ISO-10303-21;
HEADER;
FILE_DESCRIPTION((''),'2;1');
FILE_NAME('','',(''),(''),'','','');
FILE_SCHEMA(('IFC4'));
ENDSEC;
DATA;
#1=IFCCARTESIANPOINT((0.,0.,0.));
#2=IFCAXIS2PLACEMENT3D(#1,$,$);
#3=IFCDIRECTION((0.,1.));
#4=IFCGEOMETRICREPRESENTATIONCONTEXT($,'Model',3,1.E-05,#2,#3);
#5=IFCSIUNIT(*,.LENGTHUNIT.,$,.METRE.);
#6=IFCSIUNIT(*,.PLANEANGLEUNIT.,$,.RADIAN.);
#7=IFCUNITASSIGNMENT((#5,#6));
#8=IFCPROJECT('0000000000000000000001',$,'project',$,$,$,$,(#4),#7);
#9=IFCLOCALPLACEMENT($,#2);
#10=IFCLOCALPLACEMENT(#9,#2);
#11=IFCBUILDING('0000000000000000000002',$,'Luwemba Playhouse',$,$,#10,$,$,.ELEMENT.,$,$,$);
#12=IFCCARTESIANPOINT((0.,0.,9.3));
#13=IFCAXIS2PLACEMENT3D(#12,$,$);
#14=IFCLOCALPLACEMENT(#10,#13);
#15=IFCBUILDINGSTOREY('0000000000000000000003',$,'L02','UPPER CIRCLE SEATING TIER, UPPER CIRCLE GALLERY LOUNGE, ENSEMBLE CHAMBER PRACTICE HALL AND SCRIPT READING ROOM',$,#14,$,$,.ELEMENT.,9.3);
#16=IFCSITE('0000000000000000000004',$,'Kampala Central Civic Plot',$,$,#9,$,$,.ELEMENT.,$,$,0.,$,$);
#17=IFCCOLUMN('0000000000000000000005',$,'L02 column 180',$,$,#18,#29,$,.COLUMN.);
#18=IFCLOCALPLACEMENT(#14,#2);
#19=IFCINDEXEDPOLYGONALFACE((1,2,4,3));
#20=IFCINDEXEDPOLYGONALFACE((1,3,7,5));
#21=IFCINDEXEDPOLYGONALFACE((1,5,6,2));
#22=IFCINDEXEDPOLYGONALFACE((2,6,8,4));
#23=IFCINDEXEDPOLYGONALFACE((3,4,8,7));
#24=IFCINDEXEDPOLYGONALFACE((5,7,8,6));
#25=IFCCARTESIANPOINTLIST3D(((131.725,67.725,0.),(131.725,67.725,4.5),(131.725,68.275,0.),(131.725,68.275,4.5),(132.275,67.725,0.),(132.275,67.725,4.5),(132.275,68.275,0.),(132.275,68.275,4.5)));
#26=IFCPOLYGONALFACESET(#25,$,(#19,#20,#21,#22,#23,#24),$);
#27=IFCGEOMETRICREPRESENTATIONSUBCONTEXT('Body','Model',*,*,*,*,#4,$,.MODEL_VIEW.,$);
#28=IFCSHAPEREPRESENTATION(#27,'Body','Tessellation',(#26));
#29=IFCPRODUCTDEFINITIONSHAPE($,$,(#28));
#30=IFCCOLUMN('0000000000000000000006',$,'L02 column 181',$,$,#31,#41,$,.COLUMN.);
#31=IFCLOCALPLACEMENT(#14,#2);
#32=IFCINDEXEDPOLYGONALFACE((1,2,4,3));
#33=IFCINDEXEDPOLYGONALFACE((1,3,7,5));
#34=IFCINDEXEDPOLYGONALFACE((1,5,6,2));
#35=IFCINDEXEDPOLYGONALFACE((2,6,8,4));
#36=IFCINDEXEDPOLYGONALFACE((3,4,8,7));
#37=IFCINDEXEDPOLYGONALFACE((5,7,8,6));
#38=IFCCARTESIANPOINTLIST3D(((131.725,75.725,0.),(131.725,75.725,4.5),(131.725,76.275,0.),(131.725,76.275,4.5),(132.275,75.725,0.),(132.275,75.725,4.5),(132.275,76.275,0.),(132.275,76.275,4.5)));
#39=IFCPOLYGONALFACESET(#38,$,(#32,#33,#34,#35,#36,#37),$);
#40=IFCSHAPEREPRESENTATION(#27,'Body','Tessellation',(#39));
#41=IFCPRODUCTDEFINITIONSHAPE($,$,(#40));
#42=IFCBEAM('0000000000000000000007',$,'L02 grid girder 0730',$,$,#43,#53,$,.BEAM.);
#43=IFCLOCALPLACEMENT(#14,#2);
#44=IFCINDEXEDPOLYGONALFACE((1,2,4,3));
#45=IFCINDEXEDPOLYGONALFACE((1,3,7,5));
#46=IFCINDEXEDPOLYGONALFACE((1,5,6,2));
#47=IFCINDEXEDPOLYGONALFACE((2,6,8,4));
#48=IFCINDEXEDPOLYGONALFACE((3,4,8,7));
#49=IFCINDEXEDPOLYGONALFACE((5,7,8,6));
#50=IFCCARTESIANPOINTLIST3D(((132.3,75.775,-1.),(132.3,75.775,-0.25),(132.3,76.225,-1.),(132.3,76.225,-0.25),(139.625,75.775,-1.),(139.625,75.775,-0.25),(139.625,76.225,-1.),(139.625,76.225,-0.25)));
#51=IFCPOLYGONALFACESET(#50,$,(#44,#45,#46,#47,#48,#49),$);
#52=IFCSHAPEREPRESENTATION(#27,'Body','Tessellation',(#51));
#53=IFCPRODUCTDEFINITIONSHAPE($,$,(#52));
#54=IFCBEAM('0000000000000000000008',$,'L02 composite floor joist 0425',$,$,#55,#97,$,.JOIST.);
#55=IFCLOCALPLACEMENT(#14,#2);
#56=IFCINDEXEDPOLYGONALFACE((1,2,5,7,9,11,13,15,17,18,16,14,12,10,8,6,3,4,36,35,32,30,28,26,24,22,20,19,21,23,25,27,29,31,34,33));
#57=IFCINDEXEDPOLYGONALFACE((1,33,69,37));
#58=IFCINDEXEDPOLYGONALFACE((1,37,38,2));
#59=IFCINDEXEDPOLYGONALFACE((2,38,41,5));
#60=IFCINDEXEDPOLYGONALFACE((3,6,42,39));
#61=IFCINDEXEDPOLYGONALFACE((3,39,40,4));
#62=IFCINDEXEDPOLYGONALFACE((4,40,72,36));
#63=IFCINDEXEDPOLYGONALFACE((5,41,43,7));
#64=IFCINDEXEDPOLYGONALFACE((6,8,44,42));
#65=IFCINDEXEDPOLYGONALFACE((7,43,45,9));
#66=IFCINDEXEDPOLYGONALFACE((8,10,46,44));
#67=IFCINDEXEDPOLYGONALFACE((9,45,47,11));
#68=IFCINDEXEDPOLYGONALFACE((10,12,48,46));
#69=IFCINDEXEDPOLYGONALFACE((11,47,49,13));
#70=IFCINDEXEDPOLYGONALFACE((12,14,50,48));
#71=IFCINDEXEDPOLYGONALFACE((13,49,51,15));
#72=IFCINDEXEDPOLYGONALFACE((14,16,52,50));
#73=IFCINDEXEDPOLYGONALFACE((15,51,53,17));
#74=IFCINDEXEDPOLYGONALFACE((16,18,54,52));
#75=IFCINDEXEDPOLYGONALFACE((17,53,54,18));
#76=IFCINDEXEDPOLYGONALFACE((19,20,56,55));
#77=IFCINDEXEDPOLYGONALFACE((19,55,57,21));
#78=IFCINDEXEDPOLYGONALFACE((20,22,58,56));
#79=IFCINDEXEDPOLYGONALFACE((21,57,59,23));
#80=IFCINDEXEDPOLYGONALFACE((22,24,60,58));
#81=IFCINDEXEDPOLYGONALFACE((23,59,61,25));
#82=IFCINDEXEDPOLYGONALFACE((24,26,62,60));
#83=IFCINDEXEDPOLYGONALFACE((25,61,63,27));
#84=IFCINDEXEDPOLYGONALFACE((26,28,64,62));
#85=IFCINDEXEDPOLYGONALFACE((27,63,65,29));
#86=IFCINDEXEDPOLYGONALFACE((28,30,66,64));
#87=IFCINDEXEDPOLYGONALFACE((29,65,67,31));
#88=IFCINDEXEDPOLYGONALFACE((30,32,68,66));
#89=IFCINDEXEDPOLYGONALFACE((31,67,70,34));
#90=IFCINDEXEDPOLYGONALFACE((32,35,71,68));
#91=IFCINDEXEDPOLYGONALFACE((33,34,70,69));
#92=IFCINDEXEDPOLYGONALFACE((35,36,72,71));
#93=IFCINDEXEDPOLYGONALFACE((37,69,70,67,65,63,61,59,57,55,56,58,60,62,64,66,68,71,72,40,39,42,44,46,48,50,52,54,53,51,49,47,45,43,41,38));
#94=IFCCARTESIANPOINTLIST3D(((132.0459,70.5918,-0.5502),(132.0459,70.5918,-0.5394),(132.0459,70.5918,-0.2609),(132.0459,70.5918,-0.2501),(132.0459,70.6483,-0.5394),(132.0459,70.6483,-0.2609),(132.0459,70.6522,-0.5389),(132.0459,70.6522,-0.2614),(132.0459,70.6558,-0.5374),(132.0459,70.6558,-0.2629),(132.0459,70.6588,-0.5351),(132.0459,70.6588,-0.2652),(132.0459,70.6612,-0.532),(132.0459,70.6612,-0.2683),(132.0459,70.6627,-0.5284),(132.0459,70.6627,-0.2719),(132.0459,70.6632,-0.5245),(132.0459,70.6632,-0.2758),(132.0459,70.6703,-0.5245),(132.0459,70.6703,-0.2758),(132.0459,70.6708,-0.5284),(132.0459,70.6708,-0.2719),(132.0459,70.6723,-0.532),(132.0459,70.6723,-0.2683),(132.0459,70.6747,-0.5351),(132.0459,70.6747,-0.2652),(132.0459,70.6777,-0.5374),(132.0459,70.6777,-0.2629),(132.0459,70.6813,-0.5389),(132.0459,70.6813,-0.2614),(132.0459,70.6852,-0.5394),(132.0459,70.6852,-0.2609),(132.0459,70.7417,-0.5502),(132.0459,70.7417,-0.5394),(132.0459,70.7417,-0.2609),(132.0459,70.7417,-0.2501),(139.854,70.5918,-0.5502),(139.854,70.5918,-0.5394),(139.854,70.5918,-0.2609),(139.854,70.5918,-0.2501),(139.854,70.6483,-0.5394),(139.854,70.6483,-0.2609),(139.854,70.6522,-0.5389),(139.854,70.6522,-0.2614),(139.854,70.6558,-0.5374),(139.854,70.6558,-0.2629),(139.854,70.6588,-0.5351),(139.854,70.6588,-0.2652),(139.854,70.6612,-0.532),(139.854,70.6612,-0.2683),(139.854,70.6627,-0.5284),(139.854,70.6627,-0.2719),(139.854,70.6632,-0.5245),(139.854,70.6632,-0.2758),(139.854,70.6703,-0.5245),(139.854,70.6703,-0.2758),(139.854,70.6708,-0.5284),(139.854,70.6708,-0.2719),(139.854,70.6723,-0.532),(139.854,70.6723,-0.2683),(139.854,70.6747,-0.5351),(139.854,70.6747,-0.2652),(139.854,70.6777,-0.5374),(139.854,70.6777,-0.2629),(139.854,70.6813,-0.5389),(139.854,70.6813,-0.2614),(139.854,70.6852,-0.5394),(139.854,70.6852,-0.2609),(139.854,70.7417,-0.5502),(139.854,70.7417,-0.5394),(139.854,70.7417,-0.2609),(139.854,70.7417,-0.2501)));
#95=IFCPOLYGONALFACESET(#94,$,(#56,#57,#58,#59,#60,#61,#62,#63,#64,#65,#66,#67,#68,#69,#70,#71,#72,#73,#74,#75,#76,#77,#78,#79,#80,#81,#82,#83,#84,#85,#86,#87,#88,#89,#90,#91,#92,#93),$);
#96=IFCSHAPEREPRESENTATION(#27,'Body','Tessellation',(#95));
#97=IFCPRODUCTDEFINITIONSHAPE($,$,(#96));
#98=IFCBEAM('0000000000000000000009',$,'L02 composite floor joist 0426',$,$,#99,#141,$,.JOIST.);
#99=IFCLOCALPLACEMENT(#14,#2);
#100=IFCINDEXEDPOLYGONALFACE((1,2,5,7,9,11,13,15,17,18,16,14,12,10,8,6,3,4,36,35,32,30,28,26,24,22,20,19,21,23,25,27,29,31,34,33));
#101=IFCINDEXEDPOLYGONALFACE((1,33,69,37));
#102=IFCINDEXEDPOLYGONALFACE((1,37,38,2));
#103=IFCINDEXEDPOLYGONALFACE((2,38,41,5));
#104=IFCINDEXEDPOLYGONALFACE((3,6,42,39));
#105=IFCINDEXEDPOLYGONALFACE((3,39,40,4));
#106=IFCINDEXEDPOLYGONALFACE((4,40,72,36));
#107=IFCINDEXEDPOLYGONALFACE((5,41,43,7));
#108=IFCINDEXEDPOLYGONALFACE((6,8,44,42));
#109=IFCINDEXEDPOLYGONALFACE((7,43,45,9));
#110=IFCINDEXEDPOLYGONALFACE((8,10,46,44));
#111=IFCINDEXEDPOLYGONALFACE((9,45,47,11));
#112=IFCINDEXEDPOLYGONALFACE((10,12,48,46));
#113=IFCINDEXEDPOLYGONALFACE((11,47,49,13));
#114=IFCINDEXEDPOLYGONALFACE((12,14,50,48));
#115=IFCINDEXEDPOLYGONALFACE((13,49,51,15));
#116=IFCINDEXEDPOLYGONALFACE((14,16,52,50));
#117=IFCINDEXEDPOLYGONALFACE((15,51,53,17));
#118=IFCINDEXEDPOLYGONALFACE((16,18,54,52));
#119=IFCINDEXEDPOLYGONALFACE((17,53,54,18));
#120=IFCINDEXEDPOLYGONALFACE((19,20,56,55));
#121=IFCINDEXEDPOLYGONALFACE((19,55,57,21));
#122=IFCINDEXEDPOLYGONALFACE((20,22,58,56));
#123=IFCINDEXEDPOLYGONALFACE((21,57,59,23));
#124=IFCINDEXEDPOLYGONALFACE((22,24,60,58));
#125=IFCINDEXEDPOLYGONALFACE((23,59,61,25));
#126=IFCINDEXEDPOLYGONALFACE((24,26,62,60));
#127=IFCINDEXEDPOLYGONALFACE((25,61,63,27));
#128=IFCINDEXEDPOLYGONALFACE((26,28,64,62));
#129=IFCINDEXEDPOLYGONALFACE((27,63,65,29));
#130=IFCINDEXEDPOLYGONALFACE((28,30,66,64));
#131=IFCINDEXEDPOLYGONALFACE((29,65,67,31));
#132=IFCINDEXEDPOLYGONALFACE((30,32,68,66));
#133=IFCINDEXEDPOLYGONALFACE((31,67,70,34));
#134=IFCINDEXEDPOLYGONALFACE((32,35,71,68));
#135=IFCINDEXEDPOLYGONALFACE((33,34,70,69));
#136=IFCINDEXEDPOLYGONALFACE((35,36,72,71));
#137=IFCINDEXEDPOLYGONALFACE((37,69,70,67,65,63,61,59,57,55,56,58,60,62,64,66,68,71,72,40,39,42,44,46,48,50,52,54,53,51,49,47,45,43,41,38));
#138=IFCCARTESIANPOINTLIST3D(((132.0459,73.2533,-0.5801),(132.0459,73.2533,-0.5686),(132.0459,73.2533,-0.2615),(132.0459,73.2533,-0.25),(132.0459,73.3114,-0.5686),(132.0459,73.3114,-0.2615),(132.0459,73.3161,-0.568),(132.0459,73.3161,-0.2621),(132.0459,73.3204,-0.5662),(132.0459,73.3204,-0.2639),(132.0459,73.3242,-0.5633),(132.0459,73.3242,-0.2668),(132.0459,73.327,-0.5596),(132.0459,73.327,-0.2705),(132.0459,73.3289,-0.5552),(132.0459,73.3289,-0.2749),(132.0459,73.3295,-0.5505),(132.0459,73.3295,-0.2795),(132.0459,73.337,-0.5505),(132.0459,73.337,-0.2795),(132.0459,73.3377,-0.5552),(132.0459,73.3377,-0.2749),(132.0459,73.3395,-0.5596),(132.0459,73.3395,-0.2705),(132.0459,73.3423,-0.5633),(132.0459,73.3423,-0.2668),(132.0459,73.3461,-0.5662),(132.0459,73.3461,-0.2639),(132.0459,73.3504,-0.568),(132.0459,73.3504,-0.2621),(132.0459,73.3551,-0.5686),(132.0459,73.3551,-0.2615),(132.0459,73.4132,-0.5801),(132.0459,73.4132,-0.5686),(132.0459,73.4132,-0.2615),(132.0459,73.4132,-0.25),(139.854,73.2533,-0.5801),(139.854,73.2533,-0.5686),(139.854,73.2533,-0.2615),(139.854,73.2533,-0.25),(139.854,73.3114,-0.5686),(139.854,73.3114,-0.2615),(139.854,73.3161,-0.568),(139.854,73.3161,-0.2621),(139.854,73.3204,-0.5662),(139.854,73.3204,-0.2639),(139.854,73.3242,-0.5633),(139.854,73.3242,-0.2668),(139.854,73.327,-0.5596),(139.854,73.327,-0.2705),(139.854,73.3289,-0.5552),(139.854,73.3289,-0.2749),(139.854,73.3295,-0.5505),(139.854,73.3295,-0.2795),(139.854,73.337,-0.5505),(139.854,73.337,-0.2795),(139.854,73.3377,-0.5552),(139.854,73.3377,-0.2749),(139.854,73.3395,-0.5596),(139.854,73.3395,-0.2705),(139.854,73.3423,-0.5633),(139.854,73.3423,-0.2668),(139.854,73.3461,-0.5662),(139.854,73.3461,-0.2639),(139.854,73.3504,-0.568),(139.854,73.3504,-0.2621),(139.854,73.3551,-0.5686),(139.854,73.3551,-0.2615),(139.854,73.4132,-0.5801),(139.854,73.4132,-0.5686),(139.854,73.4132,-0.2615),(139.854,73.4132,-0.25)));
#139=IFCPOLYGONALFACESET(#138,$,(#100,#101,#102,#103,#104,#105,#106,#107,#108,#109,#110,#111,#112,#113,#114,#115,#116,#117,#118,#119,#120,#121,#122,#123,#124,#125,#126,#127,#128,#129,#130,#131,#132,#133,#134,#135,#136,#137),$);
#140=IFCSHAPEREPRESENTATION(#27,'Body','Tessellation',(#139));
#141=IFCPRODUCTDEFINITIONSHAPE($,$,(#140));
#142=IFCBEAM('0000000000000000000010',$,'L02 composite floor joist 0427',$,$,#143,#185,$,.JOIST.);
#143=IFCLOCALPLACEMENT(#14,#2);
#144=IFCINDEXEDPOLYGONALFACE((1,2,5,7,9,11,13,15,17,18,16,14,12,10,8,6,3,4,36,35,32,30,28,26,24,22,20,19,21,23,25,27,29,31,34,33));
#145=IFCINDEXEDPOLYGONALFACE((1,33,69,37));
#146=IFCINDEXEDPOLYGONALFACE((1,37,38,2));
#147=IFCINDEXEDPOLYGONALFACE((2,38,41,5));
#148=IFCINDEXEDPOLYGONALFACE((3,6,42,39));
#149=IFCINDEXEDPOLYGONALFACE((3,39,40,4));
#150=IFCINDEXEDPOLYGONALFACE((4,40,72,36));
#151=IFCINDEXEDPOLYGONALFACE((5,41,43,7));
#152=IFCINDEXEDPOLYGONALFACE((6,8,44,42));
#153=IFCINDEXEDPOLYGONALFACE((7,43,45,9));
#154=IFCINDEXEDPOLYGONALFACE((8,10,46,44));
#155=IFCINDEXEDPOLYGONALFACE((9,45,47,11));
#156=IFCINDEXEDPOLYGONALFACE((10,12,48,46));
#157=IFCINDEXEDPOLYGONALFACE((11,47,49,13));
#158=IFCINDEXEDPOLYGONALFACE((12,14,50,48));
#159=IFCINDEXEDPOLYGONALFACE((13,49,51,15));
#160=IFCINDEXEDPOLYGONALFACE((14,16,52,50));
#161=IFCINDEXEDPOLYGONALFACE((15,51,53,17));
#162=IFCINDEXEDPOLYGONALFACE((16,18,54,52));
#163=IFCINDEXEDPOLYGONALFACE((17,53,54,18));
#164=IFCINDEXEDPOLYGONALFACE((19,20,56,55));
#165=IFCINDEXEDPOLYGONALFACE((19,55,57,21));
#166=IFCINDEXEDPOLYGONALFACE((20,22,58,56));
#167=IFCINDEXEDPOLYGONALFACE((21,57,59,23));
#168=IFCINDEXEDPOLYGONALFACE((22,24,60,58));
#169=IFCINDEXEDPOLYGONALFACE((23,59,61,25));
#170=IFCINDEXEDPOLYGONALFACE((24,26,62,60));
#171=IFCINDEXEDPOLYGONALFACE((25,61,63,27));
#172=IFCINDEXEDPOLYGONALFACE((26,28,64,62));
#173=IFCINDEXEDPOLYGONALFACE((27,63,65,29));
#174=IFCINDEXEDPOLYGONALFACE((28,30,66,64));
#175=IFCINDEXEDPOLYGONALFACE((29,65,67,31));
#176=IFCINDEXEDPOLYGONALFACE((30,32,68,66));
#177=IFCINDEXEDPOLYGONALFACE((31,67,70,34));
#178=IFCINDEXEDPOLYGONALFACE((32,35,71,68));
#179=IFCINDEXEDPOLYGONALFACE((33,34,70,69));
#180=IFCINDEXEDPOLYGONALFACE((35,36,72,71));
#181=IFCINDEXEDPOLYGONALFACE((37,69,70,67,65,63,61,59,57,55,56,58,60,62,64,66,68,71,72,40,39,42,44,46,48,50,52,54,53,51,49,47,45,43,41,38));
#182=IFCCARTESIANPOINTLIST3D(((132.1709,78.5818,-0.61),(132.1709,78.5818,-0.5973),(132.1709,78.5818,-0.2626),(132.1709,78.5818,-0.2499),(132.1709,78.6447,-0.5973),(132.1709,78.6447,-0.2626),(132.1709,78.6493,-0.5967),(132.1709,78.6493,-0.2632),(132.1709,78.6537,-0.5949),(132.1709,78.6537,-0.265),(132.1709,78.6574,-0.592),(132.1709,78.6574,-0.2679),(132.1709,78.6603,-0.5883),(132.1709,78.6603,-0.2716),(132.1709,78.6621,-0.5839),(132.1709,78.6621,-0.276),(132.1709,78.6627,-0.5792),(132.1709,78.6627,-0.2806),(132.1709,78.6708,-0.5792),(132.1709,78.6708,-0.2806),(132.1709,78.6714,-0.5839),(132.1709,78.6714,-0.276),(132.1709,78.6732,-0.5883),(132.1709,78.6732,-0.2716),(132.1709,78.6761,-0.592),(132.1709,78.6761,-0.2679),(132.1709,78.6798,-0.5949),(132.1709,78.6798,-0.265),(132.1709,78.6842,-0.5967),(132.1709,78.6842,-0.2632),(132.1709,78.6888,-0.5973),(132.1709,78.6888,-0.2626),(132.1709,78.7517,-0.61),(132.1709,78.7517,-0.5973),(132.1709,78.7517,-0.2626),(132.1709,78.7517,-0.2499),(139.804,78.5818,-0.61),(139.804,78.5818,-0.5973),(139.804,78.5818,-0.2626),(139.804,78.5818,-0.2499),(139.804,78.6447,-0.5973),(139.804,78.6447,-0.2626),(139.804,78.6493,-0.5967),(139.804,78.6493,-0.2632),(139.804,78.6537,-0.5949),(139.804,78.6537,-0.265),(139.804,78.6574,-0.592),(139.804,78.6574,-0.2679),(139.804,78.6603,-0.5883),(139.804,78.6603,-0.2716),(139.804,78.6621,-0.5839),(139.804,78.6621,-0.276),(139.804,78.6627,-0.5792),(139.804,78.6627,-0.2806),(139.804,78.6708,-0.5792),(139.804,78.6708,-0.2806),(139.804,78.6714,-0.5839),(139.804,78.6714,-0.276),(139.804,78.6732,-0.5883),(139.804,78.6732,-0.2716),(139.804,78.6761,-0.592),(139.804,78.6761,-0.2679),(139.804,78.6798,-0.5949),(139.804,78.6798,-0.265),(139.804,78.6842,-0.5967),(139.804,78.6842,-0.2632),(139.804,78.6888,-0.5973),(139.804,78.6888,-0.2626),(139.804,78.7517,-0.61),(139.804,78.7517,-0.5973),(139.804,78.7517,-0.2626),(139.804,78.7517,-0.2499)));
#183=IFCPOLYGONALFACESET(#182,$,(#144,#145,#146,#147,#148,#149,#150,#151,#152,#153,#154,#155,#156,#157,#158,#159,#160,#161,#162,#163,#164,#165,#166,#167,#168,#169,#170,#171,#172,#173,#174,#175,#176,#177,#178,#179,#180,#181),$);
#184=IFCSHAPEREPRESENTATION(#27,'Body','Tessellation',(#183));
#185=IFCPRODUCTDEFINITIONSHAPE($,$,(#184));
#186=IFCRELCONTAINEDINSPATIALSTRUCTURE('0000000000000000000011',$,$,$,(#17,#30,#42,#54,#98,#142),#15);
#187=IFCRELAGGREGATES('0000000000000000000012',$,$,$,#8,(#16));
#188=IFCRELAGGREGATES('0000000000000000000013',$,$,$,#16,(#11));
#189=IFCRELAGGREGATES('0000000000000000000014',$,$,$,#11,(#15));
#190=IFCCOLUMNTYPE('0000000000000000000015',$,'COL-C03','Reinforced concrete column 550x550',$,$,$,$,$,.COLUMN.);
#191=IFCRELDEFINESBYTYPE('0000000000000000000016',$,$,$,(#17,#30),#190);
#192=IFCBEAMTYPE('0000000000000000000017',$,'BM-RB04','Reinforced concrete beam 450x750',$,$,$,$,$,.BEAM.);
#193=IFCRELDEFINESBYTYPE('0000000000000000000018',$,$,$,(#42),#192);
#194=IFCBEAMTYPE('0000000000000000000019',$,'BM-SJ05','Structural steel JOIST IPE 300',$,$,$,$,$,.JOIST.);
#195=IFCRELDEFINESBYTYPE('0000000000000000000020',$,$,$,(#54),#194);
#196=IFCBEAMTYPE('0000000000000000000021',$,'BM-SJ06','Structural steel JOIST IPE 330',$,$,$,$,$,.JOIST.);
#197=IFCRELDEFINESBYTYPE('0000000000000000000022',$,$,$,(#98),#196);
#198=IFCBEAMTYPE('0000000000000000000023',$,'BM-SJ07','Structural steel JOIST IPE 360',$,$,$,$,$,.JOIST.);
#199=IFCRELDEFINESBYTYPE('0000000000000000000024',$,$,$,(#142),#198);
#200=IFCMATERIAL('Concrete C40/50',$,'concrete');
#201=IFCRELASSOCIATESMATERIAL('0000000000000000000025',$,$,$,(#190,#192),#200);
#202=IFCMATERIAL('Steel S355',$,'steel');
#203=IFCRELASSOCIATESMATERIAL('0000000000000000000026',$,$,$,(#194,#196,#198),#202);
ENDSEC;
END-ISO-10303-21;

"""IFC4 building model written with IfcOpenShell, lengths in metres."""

from ifc_helpers import new_model, si_unit, direction, frame, origin, origin_2d, place, context, subcontext, project, spatial, rectangle, i_section, extrude, material, material_profile, profile_set, type_object, element, save


model = new_model("IFC4")

# Units and contexts
model_context = context("Model", 3, precision=1e-05, world=origin(), true_north=direction((0.0, 1.0)))
body_context = subcontext(model_context, "Body", "Model", "MODEL_VIEW")
ifc_project = project(units=[si_unit("LENGTHUNIT", "METRE"), si_unit("PLANEANGLEUNIT", "RADIAN")], contexts=[model_context])

# Site, building, storey
site_placement = place(None, origin())
site = spatial("IfcSite", under=ifc_project, at=site_placement, Name="Kampala Central Civic Plot", CompositionType="ELEMENT", RefElevation=0.0)
building_placement = place(site_placement, origin())
building = spatial("IfcBuilding", under=site, at=building_placement, Name="Luwemba Playhouse", CompositionType="ELEMENT")
storey_placement = place(building_placement, frame((0.0, 0.0, 9.3)))
storey = spatial("IfcBuildingStorey", under=building, at=storey_placement, Name="L02", Description="UPPER CIRCLE SEATING TIER, UPPER CIRCLE GALLERY LOUNGE, ENSEMBLE CHAMBER PRACTICE HALL AND SCRIPT READING ROOM", CompositionType="ELEMENT", Elevation=9.3)

# Columns
ifc_material_1 = material(Name="Concrete C40/50", Category="concrete")
ifc_material_profile_1 = material_profile(ifc_material_1, rectangle(XDim=0.55, YDim=0.55, at=origin_2d()))
ifc_profile_set_1 = profile_set([ifc_material_profile_1], Name="Concrete C40/50")
column_type = type_object("IfcColumnType", Name="COL-C03", Description="Reinforced concrete column 550x550", PredefinedType="COLUMN", material=ifc_profile_set_1)
for number, where, z_axis, x_axis, name in (
    (1, (132.0, 68.0, 0.0), (0.0, 0.0, 1.0), (1.0, 0.0, 0.0), "L02 column 180"),
    (2, (132.0, 76.0, 0.0), (0.0, 0.0, 1.0), (1.0, 0.0, 0.0), "L02 column 181"),
):
    element("IfcColumn", number, at=place(storey_placement, frame(where, z_axis=z_axis, x_axis=x_axis)), inside=storey, type_object=column_type, Name=name, PredefinedType="COLUMN", context=body_context, shape_type="SweptSolid", body=[
        extrude(rectangle(XDim=0.55, YDim=0.55, at=origin_2d()), origin(), (0.0, 0.0, 1.0), 4.5),
    ])

# Beams
ifc_material_profile_2 = material_profile(ifc_material_1, rectangle(XDim=0.45, YDim=0.75, at=origin_2d()))
ifc_profile_set_2 = profile_set([ifc_material_profile_2], Name="Concrete C40/50")
beam_type_1 = type_object("IfcBeamType", Name="BM-RB04", Description="Reinforced concrete beam 450x750", PredefinedType="BEAM", material=ifc_profile_set_2)
beam_1_placement = place(storey_placement, frame((132.3, 76.0, -0.625), z_axis=(1.0, 0.0, 0.0), x_axis=(0.0, 1.0, 0.0)))
element("IfcBeam", 3, at=beam_1_placement, inside=storey, type_object=beam_type_1, Name="L02 grid girder 0730", PredefinedType="BEAM", context=body_context, shape_type="SweptSolid", body=[
    extrude(rectangle(XDim=0.45, YDim=0.75, at=origin_2d()), origin(), (0.0, 0.0, 1.0), 7.325),
])
ifc_material_2 = material(Name="Steel S355", Category="steel")
ifc_material_profile_3 = material_profile(ifc_material_2, i_section(OverallWidth=0.1499, OverallDepth=0.3, WebThickness=0.0071, FlangeThickness=0.0107, FilletRadius=0.0149, at=origin_2d()))
ifc_profile_set_3 = profile_set([ifc_material_profile_3], Name="Steel S355")
beam_type_2 = type_object("IfcBeamType", Name="BM-SJ05", Description="Structural steel JOIST IPE 300", PredefinedType="JOIST", material=ifc_profile_set_3)
beam_2_placement = place(storey_placement, frame((132.0459, 70.6667, -0.4001), z_axis=(1.0, 0.0, 0.0), x_axis=(0.0, 1.0, 0.0)))
element("IfcBeam", 4, at=beam_2_placement, inside=storey, type_object=beam_type_2, Name="L02 composite floor joist 0425", PredefinedType="JOIST", context=body_context, shape_type="SweptSolid", body=[
    extrude(i_section(OverallWidth=0.1499, OverallDepth=0.3, WebThickness=0.0071, FlangeThickness=0.0107, FilletRadius=0.0149, at=origin_2d()), origin(), (0.0, 0.0, 1.0), 7.8081),
])
ifc_material_profile_4 = material_profile(ifc_material_2, i_section(OverallWidth=0.1599, OverallDepth=0.3301, WebThickness=0.0076, FlangeThickness=0.0115, FilletRadius=0.0181, at=origin_2d()))
ifc_profile_set_4 = profile_set([ifc_material_profile_4], Name="Steel S355")
beam_type_3 = type_object("IfcBeamType", Name="BM-SJ06", Description="Structural steel JOIST IPE 330", PredefinedType="JOIST", material=ifc_profile_set_4)
beam_3_placement = place(storey_placement, frame((132.0459, 73.3333, -0.415), z_axis=(1.0, 0.0, 0.0), x_axis=(0.0, 1.0, 0.0)))
element("IfcBeam", 5, at=beam_3_placement, inside=storey, type_object=beam_type_3, Name="L02 composite floor joist 0426", PredefinedType="JOIST", context=body_context, shape_type="SweptSolid", body=[
    extrude(i_section(OverallWidth=0.1599, OverallDepth=0.3301, WebThickness=0.0076, FlangeThickness=0.0115, FilletRadius=0.0181, at=origin_2d()), origin(), (0.0, 0.0, 1.0), 7.8081),
])
ifc_material_profile_5 = material_profile(ifc_material_2, i_section(OverallWidth=0.1699, OverallDepth=0.3601, WebThickness=0.0081, FlangeThickness=0.0127, FilletRadius=0.0181, at=origin_2d()))
ifc_profile_set_5 = profile_set([ifc_material_profile_5], Name="Steel S355")
beam_type_4 = type_object("IfcBeamType", Name="BM-SJ07", Description="Structural steel JOIST IPE 360", PredefinedType="JOIST", material=ifc_profile_set_5)
beam_4_placement = place(storey_placement, frame((132.1709, 78.6667, -0.4299), z_axis=(1.0, 0.0, 0.0), x_axis=(0.0, 1.0, 0.0)))
element("IfcBeam", 6, at=beam_4_placement, inside=storey, type_object=beam_type_4, Name="L02 composite floor joist 0427", PredefinedType="JOIST", context=body_context, shape_type="SweptSolid", body=[
    extrude(i_section(OverallWidth=0.1699, OverallDepth=0.3601, WebThickness=0.0081, FlangeThickness=0.0127, FilletRadius=0.0181, at=origin_2d()), origin(), (0.0, 0.0, 1.0), 7.6331),
])

save(model, "model.ifc")
